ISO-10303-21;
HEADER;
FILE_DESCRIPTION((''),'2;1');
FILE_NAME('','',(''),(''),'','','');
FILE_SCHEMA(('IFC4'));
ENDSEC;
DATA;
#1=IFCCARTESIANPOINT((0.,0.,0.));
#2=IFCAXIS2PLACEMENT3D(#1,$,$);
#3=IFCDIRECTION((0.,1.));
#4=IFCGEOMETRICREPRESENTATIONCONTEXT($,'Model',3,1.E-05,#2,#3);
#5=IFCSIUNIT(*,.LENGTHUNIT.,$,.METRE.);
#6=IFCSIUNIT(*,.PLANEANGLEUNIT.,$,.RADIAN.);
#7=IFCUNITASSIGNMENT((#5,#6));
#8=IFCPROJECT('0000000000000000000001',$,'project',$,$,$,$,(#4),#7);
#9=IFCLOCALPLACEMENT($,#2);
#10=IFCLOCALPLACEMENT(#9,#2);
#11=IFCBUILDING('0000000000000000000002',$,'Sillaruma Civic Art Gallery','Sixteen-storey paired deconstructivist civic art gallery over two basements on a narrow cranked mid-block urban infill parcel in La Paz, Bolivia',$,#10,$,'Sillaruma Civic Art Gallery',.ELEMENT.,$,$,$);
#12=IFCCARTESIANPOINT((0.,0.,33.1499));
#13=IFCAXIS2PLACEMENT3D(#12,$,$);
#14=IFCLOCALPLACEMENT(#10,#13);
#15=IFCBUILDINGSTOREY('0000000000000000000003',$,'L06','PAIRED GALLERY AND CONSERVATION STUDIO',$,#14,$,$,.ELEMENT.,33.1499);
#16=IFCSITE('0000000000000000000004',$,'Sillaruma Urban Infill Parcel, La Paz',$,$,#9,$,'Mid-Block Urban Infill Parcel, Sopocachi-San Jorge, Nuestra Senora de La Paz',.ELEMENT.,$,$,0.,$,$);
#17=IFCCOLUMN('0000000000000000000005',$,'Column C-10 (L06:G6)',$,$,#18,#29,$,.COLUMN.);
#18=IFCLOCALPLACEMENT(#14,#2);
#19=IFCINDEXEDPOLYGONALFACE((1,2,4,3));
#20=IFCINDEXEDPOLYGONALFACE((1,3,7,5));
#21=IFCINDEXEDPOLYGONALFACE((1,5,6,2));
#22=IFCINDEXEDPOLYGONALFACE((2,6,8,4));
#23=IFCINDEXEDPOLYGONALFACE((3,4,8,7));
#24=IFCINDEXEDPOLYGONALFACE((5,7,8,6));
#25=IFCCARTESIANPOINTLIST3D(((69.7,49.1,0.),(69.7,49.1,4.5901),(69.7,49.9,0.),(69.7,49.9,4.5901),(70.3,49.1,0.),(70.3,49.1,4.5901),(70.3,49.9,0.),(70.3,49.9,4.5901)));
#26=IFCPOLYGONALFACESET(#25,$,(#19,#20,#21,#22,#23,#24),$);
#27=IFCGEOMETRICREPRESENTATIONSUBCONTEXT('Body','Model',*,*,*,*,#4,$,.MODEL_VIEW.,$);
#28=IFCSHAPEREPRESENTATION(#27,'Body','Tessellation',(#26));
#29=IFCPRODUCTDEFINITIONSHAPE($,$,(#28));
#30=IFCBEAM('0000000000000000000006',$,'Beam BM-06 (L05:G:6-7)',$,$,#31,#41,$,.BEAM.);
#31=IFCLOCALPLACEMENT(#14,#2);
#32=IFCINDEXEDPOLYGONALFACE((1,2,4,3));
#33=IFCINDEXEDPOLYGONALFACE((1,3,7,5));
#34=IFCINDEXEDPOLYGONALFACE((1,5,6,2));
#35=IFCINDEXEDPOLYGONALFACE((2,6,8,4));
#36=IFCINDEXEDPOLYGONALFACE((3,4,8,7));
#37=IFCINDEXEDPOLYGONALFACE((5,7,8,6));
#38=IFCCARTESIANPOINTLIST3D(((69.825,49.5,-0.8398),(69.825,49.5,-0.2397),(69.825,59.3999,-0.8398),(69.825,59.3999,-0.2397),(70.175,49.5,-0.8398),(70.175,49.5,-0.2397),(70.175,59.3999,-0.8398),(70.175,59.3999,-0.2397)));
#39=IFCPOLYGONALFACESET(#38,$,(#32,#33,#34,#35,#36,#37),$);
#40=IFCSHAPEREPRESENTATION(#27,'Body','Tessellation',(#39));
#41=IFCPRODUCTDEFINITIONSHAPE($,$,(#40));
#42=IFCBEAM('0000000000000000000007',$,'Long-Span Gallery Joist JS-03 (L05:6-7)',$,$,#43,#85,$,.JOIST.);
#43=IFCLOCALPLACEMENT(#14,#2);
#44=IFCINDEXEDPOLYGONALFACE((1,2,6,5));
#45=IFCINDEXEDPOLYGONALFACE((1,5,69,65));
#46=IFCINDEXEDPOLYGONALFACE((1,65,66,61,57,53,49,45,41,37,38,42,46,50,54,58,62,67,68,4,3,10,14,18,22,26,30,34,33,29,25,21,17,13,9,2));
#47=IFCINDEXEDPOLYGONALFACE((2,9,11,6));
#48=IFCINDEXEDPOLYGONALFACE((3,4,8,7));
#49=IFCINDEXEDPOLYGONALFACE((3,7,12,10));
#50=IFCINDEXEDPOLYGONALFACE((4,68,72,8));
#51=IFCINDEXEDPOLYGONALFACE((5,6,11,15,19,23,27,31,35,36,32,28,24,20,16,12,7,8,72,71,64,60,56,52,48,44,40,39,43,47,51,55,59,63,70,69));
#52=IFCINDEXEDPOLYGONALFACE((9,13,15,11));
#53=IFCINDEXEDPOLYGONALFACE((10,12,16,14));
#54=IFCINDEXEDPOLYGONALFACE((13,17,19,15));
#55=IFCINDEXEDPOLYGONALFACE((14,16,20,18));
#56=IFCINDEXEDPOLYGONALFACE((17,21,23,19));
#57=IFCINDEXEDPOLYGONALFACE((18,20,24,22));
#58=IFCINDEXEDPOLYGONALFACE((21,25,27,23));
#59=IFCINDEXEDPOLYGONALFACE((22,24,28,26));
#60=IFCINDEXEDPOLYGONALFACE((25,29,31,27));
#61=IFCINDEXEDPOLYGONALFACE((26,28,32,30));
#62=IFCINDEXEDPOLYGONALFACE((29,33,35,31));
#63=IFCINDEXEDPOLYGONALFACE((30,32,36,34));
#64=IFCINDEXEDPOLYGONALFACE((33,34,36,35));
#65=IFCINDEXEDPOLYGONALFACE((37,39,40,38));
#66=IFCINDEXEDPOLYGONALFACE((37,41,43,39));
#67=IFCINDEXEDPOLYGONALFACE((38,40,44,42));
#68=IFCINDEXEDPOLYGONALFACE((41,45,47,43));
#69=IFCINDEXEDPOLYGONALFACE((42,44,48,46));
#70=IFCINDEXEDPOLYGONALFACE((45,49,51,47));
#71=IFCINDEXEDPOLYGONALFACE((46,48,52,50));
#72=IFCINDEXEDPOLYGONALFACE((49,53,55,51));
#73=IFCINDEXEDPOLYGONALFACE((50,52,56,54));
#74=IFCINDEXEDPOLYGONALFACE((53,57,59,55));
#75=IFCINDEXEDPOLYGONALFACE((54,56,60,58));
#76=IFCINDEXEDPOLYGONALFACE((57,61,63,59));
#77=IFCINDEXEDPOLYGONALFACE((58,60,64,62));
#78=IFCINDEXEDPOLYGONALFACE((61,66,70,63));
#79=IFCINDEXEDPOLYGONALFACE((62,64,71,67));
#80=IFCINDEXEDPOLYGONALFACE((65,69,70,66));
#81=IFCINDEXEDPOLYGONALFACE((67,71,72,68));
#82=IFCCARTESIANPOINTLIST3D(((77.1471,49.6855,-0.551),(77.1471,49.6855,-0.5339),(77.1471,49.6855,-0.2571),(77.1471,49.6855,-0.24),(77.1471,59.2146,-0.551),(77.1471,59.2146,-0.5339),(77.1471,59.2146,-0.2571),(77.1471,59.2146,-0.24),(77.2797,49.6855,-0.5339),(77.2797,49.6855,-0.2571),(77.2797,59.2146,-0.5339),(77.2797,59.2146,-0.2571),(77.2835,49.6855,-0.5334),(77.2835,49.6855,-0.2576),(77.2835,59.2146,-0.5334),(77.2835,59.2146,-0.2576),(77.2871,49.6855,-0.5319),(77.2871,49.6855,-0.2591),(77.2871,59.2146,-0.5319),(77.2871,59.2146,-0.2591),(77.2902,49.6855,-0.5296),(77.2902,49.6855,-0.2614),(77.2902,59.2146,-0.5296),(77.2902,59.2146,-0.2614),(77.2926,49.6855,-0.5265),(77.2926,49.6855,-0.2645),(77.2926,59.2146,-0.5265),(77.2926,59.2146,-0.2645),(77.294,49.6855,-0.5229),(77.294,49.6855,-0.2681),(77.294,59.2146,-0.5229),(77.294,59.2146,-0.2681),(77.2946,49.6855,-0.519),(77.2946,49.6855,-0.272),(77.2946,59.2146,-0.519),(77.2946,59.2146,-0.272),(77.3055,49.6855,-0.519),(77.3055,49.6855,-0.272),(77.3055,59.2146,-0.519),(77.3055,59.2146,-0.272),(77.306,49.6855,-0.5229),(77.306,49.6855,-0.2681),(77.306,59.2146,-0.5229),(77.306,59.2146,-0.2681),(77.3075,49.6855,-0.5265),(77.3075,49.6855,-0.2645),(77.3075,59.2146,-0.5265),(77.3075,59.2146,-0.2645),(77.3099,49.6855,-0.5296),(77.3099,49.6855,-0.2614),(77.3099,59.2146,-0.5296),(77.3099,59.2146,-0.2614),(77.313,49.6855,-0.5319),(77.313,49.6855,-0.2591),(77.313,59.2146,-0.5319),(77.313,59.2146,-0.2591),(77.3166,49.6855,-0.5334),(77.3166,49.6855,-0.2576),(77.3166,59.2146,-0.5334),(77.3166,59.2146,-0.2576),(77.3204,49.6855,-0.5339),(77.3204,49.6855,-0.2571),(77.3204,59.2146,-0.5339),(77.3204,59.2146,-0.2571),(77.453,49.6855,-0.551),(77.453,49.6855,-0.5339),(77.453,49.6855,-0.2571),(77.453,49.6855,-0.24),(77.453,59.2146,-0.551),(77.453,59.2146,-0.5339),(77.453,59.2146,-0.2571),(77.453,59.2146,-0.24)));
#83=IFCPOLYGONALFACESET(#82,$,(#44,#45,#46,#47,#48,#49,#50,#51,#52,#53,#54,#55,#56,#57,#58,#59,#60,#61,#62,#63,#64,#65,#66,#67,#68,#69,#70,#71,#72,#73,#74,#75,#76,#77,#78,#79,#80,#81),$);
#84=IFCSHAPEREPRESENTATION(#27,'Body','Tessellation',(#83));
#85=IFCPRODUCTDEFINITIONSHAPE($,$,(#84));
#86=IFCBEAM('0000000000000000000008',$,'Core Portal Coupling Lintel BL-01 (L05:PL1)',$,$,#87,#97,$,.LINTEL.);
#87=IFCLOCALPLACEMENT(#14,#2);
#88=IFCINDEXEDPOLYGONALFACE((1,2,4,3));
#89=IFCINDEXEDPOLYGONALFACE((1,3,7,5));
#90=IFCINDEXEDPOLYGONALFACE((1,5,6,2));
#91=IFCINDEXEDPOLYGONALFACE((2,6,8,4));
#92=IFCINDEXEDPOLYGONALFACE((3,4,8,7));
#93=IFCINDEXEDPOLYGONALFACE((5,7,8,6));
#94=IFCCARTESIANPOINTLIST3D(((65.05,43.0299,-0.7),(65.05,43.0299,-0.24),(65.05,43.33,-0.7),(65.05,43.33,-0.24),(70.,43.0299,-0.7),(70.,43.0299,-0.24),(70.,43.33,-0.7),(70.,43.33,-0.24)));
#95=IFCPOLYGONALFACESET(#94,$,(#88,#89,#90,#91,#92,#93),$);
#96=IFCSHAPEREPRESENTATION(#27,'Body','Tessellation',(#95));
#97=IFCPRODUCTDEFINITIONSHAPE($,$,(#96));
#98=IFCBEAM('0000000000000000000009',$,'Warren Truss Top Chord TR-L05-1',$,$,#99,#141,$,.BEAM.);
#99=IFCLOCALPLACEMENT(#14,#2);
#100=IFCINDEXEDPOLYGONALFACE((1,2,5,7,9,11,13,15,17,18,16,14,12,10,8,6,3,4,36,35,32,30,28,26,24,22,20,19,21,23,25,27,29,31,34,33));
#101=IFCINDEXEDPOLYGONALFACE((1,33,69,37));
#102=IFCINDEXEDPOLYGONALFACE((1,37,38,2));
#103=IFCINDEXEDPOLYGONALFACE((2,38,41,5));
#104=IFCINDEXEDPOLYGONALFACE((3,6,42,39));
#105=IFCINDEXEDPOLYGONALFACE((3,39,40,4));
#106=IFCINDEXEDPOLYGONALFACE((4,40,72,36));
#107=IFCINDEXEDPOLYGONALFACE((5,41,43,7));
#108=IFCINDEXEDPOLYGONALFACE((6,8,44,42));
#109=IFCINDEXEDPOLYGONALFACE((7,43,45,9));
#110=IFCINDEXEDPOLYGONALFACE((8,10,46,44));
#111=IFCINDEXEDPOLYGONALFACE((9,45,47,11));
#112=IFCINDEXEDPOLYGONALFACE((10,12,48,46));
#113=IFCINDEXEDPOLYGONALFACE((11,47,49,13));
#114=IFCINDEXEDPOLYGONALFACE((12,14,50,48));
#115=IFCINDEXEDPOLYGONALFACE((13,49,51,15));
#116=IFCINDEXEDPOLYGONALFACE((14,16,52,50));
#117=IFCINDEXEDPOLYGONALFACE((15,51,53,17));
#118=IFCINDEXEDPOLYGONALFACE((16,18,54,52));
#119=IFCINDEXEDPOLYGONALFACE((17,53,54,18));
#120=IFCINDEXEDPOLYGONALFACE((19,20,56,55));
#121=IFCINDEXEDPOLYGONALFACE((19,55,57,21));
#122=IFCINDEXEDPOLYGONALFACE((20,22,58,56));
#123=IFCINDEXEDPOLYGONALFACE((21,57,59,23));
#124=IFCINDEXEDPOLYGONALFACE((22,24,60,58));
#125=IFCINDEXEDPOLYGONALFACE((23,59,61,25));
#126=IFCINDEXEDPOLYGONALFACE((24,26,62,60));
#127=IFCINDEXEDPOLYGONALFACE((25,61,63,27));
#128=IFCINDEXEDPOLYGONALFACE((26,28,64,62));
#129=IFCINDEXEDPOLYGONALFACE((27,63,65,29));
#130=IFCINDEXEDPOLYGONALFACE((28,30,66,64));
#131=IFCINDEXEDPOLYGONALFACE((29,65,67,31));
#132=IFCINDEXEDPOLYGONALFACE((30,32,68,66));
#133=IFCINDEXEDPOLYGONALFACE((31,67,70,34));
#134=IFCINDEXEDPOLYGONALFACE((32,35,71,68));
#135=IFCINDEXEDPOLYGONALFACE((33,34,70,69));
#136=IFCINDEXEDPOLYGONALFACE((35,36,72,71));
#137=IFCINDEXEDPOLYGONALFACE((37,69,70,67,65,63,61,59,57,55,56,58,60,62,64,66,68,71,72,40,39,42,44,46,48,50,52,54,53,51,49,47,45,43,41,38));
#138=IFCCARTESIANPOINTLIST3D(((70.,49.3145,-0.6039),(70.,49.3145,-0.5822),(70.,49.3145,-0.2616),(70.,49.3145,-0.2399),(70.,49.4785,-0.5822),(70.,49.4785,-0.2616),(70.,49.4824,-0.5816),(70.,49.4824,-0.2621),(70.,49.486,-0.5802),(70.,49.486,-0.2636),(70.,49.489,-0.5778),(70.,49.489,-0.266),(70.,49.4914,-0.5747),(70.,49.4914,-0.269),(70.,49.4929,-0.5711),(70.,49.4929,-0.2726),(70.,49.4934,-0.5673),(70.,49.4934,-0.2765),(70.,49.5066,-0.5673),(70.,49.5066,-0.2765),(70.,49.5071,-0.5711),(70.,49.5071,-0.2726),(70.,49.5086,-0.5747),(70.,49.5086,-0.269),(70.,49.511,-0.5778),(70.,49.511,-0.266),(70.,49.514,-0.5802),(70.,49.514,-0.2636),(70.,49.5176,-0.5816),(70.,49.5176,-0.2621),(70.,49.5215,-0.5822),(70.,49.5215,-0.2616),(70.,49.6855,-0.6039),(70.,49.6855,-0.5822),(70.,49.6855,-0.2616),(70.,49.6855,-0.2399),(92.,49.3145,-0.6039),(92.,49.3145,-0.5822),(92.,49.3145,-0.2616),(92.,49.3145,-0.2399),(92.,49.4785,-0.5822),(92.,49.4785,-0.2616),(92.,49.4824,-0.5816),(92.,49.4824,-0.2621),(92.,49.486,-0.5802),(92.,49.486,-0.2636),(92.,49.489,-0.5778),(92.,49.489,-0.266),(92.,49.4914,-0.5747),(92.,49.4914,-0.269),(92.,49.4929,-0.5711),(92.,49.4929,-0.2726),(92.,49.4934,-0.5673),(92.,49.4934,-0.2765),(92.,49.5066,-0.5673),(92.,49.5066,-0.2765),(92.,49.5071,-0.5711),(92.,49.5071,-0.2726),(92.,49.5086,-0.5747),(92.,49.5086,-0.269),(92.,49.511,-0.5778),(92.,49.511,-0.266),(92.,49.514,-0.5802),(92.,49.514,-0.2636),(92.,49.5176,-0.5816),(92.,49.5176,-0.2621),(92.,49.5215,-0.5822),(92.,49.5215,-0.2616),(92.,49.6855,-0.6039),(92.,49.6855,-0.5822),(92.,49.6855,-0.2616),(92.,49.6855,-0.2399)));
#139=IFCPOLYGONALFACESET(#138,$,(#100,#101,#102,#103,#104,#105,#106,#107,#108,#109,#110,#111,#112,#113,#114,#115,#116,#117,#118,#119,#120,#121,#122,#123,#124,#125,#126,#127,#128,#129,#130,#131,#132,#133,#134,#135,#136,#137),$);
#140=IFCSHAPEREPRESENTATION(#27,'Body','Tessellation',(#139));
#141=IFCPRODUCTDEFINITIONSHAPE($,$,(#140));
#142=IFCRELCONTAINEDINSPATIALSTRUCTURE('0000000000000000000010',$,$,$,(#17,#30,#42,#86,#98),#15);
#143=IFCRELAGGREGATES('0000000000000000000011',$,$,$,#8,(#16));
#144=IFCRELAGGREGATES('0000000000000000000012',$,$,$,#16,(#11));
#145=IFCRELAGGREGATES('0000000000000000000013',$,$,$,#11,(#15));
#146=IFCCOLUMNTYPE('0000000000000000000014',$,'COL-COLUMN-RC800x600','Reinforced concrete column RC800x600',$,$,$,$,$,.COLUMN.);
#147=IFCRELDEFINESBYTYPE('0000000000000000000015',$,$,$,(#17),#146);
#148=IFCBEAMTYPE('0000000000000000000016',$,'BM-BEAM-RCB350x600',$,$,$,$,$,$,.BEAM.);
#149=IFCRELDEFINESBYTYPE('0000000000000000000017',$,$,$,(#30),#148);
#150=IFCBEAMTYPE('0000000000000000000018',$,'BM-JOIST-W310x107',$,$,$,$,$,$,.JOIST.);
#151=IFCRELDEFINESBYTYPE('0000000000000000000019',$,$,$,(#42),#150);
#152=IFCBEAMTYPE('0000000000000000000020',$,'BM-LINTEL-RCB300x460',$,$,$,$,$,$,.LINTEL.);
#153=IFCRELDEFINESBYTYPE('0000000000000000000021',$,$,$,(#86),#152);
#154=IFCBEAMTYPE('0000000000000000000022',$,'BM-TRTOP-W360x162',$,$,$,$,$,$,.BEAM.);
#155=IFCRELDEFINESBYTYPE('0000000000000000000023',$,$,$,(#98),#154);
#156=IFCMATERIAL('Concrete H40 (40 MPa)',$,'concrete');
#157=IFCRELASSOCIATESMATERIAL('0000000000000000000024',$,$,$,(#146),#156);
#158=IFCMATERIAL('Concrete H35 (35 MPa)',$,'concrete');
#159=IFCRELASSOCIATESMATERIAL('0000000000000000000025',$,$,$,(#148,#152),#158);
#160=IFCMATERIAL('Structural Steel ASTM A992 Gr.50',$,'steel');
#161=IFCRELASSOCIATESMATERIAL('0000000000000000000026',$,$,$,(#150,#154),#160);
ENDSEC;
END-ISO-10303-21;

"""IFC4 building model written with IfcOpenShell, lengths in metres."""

from ifc_helpers import new_model, si_unit, direction, frame, origin, origin_2d, place, context, subcontext, project, spatial, rectangle, i_section, extrude, material, material_profile, profile_set, type_object, element, save


model = new_model("IFC4")

# Units and contexts
model_context = context("Model", 3, precision=1e-05, world=origin(), true_north=direction((0.0, 1.0)))
body_context = subcontext(model_context, "Body", "Model", "MODEL_VIEW")
ifc_project = project(units=[si_unit("LENGTHUNIT", "METRE"), si_unit("PLANEANGLEUNIT", "RADIAN")], contexts=[model_context])

# Site, building, storey
site_placement = place(None, origin())
site = spatial("IfcSite", under=ifc_project, at=site_placement, Name="Sillaruma Urban Infill Parcel, La Paz", LongName="Mid-Block Urban Infill Parcel, Sopocachi-San Jorge, Nuestra Senora de La Paz", CompositionType="ELEMENT", RefElevation=0.0)
building_placement = place(site_placement, origin())
building = spatial("IfcBuilding", under=site, at=building_placement, Name="Sillaruma Civic Art Gallery", Description="Sixteen-storey paired deconstructivist civic art gallery over two basements on a narrow cranked mid-block urban infill parcel in La Paz, Bolivia", LongName="Sillaruma Civic Art Gallery", CompositionType="ELEMENT")
storey_placement = place(building_placement, frame((0.0, 0.0, 33.1499)))
storey = spatial("IfcBuildingStorey", under=building, at=storey_placement, Name="L06", Description="PAIRED GALLERY AND CONSERVATION STUDIO", CompositionType="ELEMENT", Elevation=33.1499)

# Column
ifc_material_1 = material(Name="Concrete H40 (40 MPa)", Category="concrete")
ifc_material_profile_1 = material_profile(ifc_material_1, rectangle(XDim=0.6001, YDim=0.8, at=origin_2d()), Name="RC800x600")
ifc_profile_set_1 = profile_set([ifc_material_profile_1], Name="Concrete H40 (40 MPa)")
column_type = type_object("IfcColumnType", Name="COL-COLUMN-RC800x600", Description="Reinforced concrete column RC800x600", PredefinedType="COLUMN", material=ifc_profile_set_1)
column_placement = place(storey_placement, frame((70.0, 49.5, 0.0), z_axis=(0.0, 0.0, 1.0), x_axis=(1.0, 0.0, 0.0)))
element("IfcColumn", 1, at=column_placement, inside=storey, type_object=column_type, Name="Column C-10 (L06:G6)", PredefinedType="COLUMN", context=body_context, shape_type="SweptSolid", body=[
    extrude(rectangle(XDim=0.6001, YDim=0.8, at=origin_2d()), origin(), (0.0, 0.0, 1.0), 4.5901),
])

# Beams
ifc_material_2 = material(Name="Concrete H35 (35 MPa)", Category="concrete")
ifc_material_profile_2 = material_profile(ifc_material_2, rectangle(XDim=0.3501, YDim=0.6001, at=origin_2d()), Name="RCB350x600")
ifc_profile_set_2 = profile_set([ifc_material_profile_2], Name="Concrete H35 (35 MPa)")
beam_type_1 = type_object("IfcBeamType", Name="BM-BEAM-RCB350x600", PredefinedType="BEAM", material=ifc_profile_set_2)
beam_1_placement = place(storey_placement, frame((70.0, 49.5, -0.5398), z_axis=(0.0, 1.0, 0.0), x_axis=(-1.0, 0.0, 0.0)))
element("IfcBeam", 2, at=beam_1_placement, inside=storey, type_object=beam_type_1, Name="Beam BM-06 (L05:G:6-7)", PredefinedType="BEAM", context=body_context, shape_type="SweptSolid", body=[
    extrude(rectangle(XDim=0.3501, YDim=0.6001, at=origin_2d()), origin(), (0.0, 0.0, 1.0), 9.8999),
])
ifc_material_3 = material(Name="Structural Steel ASTM A992 Gr.50", Category="steel")
ifc_material_profile_3 = material_profile(ifc_material_3, i_section(OverallWidth=0.3059, OverallDepth=0.311, WebThickness=0.011, FlangeThickness=0.0171, FilletRadius=0.0149, at=origin_2d()), Name="W310x107")
ifc_profile_set_3 = profile_set([ifc_material_profile_3], Name="Structural Steel ASTM A992 Gr.50")
beam_type_2 = type_object("IfcBeamType", Name="BM-JOIST-W310x107", PredefinedType="JOIST", material=ifc_profile_set_3)
beam_2_placement = place(storey_placement, frame((77.3, 49.6855, -0.3955), z_axis=(0.0, 1.0, 0.0), x_axis=(-1.0, 0.0, 0.0)))
element("IfcBeam", 3, at=beam_2_placement, inside=storey, type_object=beam_type_2, Name="Long-Span Gallery Joist JS-03 (L05:6-7)", PredefinedType="JOIST", context=body_context, shape_type="SweptSolid", body=[
    extrude(i_section(OverallWidth=0.3059, OverallDepth=0.311, WebThickness=0.011, FlangeThickness=0.0171, FilletRadius=0.0149, at=origin_2d()), origin(), (0.0, 0.0, 1.0), 9.5291),
])
ifc_material_profile_4 = material_profile(ifc_material_2, rectangle(XDim=0.3, YDim=0.46, at=origin_2d()), Name="RCB300x460")
ifc_profile_set_4 = profile_set([ifc_material_profile_4], Name="Concrete H35 (35 MPa)")
beam_type_3 = type_object("IfcBeamType", Name="BM-LINTEL-RCB300x460", PredefinedType="LINTEL", material=ifc_profile_set_4)
beam_3_placement = place(storey_placement, frame((65.05, 43.1799, -0.47), z_axis=(1.0, 0.0, 0.0), x_axis=(0.0, 1.0, 0.0)))
element("IfcBeam", 4, at=beam_3_placement, inside=storey, type_object=beam_type_3, Name="Core Portal Coupling Lintel BL-01 (L05:PL1)", PredefinedType="LINTEL", context=body_context, shape_type="SweptSolid", body=[
    extrude(rectangle(XDim=0.3, YDim=0.46, at=origin_2d()), origin(), (0.0, 0.0, 1.0), 4.95),
])
ifc_material_profile_5 = material_profile(ifc_material_3, i_section(OverallWidth=0.3711, OverallDepth=0.364, WebThickness=0.0132, FlangeThickness=0.0217, FilletRadius=0.0149, at=origin_2d()), Name="W360x162")
ifc_profile_set_5 = profile_set([ifc_material_profile_5], Name="Structural Steel ASTM A992 Gr.50")
beam_type_4 = type_object("IfcBeamType", Name="BM-TRTOP-W360x162", PredefinedType="BEAM", material=ifc_profile_set_5)
beam_4_placement = place(storey_placement, frame((70.0, 49.5, -0.4219), z_axis=(1.0, 0.0, 0.0), x_axis=(0.0, 1.0, 0.0)))
element("IfcBeam", 5, at=beam_4_placement, inside=storey, type_object=beam_type_4, Name="Warren Truss Top Chord TR-L05-1", PredefinedType="BEAM", context=body_context, shape_type="SweptSolid", body=[
    extrude(i_section(OverallWidth=0.3711, OverallDepth=0.364, WebThickness=0.0132, FlangeThickness=0.0217, FilletRadius=0.0149, at=origin_2d()), origin(), (0.0, 0.0, 1.0), 22.0),
])

save(model, "model.ifc")
